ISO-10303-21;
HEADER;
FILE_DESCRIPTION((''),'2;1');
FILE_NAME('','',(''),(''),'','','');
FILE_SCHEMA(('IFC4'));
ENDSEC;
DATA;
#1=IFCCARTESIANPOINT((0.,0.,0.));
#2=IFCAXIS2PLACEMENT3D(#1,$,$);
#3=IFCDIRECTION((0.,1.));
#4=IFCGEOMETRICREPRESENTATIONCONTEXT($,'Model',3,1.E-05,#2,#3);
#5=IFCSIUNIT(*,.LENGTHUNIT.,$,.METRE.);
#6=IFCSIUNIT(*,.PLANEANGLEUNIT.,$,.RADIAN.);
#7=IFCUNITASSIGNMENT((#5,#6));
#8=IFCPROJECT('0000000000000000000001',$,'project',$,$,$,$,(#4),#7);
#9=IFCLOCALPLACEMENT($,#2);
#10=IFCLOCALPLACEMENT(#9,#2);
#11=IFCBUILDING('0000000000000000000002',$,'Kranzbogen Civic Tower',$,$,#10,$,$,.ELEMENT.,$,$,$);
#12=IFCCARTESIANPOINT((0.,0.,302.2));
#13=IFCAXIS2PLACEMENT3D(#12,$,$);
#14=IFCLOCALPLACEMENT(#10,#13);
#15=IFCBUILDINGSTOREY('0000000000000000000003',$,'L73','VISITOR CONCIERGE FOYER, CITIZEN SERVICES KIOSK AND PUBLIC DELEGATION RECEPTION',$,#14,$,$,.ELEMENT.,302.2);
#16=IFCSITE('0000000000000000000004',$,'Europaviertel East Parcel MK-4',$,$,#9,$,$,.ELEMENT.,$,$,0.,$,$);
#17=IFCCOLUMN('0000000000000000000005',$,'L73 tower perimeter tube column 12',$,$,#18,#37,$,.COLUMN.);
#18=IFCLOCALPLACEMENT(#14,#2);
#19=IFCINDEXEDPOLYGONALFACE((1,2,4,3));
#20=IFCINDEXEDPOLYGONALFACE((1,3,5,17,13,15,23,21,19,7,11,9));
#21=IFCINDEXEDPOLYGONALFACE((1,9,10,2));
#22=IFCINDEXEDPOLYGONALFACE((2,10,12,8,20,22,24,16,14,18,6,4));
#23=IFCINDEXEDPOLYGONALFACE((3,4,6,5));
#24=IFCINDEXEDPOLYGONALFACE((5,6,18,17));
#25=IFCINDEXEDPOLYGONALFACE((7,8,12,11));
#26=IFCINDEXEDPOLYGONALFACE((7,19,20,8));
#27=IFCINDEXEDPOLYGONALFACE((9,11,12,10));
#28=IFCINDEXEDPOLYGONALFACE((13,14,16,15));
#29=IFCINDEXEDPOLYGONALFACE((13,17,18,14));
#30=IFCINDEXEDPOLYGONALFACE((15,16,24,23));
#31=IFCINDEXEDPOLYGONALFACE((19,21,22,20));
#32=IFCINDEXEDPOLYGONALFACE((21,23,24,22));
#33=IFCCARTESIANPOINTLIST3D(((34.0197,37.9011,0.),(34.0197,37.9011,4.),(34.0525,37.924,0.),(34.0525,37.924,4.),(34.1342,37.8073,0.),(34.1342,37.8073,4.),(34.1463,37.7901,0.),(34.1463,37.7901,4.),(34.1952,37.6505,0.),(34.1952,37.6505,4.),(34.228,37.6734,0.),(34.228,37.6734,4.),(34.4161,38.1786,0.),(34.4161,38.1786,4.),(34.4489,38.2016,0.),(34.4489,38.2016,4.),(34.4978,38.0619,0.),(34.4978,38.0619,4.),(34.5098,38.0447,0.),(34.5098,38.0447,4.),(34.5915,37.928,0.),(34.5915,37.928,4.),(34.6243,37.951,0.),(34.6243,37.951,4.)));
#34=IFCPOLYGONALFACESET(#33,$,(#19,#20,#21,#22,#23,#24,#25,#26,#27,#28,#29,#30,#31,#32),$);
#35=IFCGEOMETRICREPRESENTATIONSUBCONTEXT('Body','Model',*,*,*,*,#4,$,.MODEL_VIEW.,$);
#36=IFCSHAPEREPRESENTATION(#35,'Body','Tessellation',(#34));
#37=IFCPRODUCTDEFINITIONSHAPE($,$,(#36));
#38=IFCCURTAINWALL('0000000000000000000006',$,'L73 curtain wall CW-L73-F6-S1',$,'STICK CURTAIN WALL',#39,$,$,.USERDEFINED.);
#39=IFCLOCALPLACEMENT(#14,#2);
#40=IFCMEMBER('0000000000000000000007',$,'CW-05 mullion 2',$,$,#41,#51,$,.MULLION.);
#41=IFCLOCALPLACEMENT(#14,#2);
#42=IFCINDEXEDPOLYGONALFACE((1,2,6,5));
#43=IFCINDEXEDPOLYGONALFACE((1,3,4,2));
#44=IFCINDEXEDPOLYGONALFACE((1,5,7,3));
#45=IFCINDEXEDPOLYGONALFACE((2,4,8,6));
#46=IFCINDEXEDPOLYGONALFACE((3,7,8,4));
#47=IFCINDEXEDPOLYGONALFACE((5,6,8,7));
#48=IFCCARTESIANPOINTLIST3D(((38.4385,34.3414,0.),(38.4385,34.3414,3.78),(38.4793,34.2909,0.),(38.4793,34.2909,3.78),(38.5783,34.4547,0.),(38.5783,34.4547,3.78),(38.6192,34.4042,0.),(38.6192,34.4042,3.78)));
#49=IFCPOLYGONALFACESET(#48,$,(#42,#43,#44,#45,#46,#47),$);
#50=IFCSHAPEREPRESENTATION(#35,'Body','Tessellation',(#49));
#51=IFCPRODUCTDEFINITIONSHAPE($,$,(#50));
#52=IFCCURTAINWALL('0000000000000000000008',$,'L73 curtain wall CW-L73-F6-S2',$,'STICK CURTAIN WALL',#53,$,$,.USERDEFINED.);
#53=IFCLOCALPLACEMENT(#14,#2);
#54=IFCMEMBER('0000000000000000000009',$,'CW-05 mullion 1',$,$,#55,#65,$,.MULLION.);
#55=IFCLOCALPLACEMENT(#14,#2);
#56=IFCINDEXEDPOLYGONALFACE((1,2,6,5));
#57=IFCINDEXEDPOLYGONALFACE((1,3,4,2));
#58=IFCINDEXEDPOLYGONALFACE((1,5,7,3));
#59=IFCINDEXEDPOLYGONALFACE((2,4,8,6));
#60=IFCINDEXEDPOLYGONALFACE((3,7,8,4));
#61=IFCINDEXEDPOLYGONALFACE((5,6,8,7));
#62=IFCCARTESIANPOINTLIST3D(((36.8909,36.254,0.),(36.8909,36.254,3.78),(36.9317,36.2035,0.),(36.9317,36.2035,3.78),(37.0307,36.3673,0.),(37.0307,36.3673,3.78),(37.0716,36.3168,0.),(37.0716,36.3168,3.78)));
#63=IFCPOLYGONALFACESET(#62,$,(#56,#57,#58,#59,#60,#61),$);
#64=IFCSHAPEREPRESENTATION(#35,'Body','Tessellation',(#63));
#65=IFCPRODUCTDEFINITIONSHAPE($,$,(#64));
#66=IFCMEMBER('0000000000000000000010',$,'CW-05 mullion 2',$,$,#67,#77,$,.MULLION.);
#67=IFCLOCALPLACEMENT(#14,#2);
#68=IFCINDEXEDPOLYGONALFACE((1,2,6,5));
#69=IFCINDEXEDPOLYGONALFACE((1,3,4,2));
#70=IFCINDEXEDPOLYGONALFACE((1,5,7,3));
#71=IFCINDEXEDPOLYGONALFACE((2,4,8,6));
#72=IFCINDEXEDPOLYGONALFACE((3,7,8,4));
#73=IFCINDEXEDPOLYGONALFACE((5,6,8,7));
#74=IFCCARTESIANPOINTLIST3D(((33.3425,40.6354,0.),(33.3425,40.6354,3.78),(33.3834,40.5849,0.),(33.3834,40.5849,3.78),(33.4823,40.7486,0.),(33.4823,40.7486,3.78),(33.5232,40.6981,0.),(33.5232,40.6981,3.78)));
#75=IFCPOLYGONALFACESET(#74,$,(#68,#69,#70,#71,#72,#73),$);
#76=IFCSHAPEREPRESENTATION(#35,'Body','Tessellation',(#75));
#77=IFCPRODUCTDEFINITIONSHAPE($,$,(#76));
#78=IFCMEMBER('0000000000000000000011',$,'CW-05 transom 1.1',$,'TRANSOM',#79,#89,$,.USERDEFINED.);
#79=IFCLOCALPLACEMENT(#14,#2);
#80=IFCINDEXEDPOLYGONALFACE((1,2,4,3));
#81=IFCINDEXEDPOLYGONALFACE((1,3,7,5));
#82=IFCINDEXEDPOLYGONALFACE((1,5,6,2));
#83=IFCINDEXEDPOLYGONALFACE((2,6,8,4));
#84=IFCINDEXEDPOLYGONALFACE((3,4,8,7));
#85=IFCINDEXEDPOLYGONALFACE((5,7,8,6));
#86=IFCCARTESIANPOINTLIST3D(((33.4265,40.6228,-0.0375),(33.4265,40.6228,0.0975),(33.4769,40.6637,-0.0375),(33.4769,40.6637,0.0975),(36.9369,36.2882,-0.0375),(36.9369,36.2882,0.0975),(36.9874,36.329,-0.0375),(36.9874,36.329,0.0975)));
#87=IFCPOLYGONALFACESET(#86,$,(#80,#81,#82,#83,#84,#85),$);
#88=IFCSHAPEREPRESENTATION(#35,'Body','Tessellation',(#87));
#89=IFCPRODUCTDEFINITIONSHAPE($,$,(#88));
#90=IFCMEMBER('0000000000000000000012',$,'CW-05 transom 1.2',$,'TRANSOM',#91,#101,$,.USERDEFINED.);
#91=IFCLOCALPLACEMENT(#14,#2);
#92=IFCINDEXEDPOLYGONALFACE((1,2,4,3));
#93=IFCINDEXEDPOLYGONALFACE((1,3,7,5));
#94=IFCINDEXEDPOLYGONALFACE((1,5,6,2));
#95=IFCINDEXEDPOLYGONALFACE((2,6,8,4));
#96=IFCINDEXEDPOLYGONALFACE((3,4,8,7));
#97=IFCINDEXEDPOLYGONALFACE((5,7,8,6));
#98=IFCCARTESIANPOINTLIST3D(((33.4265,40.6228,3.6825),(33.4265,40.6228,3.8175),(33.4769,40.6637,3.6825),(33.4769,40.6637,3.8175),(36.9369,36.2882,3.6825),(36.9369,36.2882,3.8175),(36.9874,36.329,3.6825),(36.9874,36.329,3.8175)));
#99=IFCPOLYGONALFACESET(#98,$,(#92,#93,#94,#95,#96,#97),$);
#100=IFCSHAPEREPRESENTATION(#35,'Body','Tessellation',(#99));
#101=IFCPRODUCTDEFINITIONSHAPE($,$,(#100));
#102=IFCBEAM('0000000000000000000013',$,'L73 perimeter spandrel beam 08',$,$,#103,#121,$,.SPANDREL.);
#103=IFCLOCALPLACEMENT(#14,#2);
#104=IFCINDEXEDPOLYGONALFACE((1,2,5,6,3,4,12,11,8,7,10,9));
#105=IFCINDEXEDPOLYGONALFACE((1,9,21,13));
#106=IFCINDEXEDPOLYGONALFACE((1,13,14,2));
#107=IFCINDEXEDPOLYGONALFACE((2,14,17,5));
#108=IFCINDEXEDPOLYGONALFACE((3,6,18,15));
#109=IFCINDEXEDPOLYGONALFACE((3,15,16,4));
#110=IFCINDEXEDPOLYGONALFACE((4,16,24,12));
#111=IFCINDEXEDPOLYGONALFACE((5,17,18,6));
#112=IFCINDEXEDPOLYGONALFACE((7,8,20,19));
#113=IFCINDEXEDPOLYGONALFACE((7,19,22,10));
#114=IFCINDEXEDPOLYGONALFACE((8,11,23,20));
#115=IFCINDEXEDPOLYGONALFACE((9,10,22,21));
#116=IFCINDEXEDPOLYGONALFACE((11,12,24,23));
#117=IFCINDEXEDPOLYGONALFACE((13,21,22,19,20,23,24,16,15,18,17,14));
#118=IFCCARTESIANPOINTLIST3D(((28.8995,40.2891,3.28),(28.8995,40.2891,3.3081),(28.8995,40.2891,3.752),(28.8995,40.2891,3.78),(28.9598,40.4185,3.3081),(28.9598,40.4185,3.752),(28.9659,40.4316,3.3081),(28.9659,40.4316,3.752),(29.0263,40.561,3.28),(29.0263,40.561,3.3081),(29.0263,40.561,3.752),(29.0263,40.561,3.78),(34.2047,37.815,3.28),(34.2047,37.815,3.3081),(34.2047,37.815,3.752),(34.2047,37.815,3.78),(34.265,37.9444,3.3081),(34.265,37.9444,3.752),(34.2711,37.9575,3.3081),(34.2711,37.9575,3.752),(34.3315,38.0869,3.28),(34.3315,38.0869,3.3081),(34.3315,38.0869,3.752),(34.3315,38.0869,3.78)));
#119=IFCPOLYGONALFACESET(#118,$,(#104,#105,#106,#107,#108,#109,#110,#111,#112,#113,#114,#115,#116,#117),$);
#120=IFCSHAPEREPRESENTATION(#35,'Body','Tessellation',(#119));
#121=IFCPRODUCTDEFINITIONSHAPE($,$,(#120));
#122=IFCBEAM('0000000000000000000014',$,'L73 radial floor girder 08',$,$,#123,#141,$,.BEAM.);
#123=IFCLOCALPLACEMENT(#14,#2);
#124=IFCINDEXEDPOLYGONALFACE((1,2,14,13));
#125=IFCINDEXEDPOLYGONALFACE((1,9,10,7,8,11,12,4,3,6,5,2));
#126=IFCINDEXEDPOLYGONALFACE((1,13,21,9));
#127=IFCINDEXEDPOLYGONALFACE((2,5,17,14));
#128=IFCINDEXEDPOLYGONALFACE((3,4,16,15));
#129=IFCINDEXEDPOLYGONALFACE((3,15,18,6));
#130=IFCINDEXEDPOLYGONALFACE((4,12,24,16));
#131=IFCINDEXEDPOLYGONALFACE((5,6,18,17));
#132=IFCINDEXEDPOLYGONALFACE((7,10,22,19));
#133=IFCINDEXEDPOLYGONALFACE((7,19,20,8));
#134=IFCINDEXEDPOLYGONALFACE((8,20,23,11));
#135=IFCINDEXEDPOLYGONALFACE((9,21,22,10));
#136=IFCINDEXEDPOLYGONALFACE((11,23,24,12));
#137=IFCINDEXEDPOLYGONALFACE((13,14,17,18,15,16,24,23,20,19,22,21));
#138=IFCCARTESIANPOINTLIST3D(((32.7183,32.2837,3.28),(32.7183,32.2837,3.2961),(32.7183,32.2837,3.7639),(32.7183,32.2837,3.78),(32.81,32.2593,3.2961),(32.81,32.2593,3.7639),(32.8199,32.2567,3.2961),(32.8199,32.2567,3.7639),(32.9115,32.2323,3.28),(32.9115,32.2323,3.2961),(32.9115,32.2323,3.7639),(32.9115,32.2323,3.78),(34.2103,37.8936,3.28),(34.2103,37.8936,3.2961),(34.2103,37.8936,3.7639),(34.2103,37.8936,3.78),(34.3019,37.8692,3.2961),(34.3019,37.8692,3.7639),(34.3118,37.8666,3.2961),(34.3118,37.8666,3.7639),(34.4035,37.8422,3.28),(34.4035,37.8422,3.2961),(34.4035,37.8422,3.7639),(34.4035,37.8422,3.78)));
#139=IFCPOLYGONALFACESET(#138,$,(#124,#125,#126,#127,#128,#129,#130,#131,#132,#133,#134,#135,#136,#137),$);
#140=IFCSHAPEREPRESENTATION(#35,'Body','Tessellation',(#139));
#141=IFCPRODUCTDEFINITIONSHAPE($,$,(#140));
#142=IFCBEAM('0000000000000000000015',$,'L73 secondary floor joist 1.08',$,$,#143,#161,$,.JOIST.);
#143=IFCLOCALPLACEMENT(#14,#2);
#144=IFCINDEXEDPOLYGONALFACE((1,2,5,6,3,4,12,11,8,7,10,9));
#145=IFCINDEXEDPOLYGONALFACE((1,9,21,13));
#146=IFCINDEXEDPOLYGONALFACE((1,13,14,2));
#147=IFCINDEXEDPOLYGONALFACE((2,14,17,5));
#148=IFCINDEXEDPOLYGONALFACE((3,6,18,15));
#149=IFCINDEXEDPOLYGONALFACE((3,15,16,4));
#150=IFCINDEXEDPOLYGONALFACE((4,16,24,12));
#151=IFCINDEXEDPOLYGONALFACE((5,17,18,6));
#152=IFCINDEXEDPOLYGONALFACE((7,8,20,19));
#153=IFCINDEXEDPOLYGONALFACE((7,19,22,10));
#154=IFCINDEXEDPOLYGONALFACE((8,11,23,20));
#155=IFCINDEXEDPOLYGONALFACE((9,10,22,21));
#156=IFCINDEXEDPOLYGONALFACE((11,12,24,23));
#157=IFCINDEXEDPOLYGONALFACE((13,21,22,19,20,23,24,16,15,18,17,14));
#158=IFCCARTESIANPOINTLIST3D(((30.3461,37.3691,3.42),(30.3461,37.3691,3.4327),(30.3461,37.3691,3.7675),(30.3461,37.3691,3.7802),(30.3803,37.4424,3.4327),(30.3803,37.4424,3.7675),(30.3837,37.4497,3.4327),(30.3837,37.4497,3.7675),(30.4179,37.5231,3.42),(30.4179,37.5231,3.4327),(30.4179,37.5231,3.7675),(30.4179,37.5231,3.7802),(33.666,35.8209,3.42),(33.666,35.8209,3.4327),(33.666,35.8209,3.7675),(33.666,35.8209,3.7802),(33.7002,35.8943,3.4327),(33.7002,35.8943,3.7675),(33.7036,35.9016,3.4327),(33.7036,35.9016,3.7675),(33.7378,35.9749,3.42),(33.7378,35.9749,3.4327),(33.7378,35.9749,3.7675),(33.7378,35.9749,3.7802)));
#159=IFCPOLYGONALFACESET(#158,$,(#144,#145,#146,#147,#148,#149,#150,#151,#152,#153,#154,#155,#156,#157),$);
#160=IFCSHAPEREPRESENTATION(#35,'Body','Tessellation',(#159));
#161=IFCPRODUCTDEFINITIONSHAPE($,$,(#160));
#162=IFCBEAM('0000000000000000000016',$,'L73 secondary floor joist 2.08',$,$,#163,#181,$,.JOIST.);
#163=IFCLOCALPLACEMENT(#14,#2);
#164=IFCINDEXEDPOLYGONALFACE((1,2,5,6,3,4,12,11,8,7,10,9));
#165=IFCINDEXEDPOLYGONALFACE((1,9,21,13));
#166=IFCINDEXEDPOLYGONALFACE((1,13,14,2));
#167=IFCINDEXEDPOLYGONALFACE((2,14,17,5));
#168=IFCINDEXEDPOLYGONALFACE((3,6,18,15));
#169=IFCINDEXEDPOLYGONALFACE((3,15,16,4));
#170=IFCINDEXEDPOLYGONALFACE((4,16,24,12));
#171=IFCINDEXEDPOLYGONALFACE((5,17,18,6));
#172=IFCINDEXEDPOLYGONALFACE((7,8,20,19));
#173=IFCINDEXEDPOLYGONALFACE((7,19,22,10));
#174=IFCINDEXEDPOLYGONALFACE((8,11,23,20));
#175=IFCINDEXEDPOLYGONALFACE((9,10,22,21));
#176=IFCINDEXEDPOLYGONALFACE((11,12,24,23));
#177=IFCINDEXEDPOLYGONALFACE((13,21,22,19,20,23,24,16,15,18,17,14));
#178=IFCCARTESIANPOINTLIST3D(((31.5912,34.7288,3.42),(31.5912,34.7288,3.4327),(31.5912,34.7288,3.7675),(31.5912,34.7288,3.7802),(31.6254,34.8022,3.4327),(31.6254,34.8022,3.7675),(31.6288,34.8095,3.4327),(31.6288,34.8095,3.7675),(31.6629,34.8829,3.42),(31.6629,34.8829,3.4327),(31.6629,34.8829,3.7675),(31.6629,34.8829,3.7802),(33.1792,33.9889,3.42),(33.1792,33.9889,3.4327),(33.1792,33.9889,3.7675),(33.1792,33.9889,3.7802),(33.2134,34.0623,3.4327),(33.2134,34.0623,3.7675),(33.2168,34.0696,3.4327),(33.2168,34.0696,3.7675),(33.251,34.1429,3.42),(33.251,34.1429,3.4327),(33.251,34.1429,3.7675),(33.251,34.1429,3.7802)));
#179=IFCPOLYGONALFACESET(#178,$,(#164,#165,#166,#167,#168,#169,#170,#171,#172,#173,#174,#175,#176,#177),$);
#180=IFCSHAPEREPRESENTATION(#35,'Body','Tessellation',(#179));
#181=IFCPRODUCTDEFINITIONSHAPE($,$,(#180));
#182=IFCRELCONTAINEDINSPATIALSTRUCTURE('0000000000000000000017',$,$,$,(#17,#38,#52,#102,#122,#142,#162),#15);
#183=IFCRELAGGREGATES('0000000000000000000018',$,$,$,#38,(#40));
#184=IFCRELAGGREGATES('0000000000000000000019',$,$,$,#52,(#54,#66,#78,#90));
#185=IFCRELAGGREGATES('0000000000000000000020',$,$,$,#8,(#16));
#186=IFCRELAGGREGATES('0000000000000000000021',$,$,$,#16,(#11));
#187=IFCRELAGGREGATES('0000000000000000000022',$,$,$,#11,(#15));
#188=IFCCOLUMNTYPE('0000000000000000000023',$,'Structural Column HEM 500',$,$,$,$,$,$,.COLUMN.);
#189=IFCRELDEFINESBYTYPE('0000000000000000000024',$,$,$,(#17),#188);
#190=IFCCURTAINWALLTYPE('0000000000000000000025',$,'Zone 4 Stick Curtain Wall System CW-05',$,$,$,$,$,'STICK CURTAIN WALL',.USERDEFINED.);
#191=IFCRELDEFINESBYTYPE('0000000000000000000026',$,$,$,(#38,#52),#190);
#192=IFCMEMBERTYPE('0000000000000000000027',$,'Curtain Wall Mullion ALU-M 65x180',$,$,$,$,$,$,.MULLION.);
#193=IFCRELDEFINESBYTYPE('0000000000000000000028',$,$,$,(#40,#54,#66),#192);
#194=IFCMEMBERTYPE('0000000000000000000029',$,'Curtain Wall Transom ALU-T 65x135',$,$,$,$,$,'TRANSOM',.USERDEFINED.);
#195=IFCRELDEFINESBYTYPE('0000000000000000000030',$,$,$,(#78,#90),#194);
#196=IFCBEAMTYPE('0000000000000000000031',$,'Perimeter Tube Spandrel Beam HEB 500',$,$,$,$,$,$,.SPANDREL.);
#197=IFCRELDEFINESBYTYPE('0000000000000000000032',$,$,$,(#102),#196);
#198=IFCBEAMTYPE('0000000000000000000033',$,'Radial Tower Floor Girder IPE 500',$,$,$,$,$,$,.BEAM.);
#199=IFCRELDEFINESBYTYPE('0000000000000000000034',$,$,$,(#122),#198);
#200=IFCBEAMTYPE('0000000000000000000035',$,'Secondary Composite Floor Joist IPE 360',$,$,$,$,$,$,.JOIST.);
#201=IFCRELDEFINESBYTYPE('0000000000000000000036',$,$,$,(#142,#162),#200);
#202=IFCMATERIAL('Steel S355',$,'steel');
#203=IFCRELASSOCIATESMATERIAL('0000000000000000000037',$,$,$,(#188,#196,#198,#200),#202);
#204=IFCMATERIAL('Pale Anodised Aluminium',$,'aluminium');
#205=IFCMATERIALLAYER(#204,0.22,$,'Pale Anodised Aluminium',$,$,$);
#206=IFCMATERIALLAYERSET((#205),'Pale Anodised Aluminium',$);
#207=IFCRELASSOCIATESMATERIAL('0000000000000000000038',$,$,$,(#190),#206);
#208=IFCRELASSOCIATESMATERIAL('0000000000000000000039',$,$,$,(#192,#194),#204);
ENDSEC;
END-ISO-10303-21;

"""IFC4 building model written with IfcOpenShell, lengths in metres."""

from ifc_helpers import new_model, si_unit, direction, frame, origin, origin_2d, place, context, subcontext, project, spatial, rectangle, i_section, extrude, material, layer, layer_set, material_profile, profile_set, type_object, element, aggregate, save


model = new_model("IFC4")

# Units and contexts
model_context = context("Model", 3, precision=1e-05, world=origin(), true_north=direction((0.0, 1.0)))
body_context = subcontext(model_context, "Body", "Model", "MODEL_VIEW")
ifc_project = project(units=[si_unit("LENGTHUNIT", "METRE"), si_unit("PLANEANGLEUNIT", "RADIAN")], contexts=[model_context])

# Site, building, storey
site_placement = place(None, origin())
site = spatial("IfcSite", under=ifc_project, at=site_placement, Name="Europaviertel East Parcel MK-4", CompositionType="ELEMENT", RefElevation=0.0)
building_placement = place(site_placement, origin())
building = spatial("IfcBuilding", under=site, at=building_placement, Name="Kranzbogen Civic Tower", CompositionType="ELEMENT")
storey_placement = place(building_placement, frame((0.0, 0.0, 302.2)))
storey = spatial("IfcBuildingStorey", under=building, at=storey_placement, Name="L73", Description="VISITOR CONCIERGE FOYER, CITIZEN SERVICES KIOSK AND PUBLIC DELEGATION RECEPTION", CompositionType="ELEMENT", Elevation=302.2)

# Column
ifc_material_1 = material(Name="Steel S355", Category="steel")
ifc_material_profile_1 = material_profile(ifc_material_1, i_section(OverallWidth=0.3059, OverallDepth=0.5239, WebThickness=0.021, FlangeThickness=0.04, at=origin_2d()), Name="HEM 500")
ifc_profile_set_1 = profile_set([ifc_material_profile_1], Name="Steel S355")
column_type = type_object("IfcColumnType", Name="Structural Column HEM 500", PredefinedType="COLUMN", material=ifc_profile_set_1)
column_placement = place(storey_placement, frame((34.322, 37.926, 0.0), z_axis=(0.0, 0.0, 1.0), x_axis=(-0.573576, 0.819152, 0.0)))
element("IfcColumn", 1, at=column_placement, inside=storey, type_object=column_type, Name="L73 tower perimeter tube column 12", PredefinedType="COLUMN", context=body_context, shape_type="SweptSolid", body=[
    extrude(i_section(OverallWidth=0.3059, OverallDepth=0.5239, WebThickness=0.021, FlangeThickness=0.04, at=origin_2d()), origin(), (0.0, 0.0, 1.0), 4.0),
])

# Curtain wall, member
ifc_material_2 = material(Name="Pale Anodised Aluminium", Category="aluminium")
ifc_layer_1 = layer(ifc_material_2, 0.22, Name="Pale Anodised Aluminium")
ifc_layer_set_1 = layer_set([ifc_layer_1], Name="Pale Anodised Aluminium")
curtain_wall_type = type_object("IfcCurtainWallType", Name="Zone 4 Stick Curtain Wall System CW-05", ElementType="STICK CURTAIN WALL", PredefinedType="USERDEFINED", material=ifc_layer_set_1)
curtain_wall_1_placement = place(storey_placement, origin())
curtain_wall_1 = element("IfcCurtainWall", 2, at=curtain_wall_1_placement, inside=storey, type_object=curtain_wall_type, Name="L73 curtain wall CW-L73-F6-S1", ObjectType="STICK CURTAIN WALL", PredefinedType="USERDEFINED")
ifc_material_profile_2 = material_profile(ifc_material_2, rectangle(XDim=0.0649, YDim=0.1799, at=origin_2d()), Name="ALU-M 65x180")
ifc_profile_set_2 = profile_set([ifc_material_profile_2], Name="Pale Anodised Aluminium")
member_type_1 = type_object("IfcMemberType", Name="Curtain Wall Mullion ALU-M 65x180", PredefinedType="MULLION", material=ifc_profile_set_2)
member_1_placement = place(storey_placement, frame((38.5288, 34.3728, 0.0), z_axis=(0.0, 0.0, 1.0), x_axis=(-0.62935, 0.777122, 0.0)))
member_1 = element("IfcMember", 3, at=member_1_placement, type_object=member_type_1, Name="CW-05 mullion 2", PredefinedType="MULLION", context=body_context, shape_type="SweptSolid", body=[
    extrude(rectangle(XDim=0.0649, YDim=0.1799, at=origin_2d()), origin(), (0.0, 0.0, 1.0), 3.78),
])
aggregate(curtain_wall_1, [member_1])

# Curtain wall, members
curtain_wall_2_placement = place(storey_placement, origin())
curtain_wall_2 = element("IfcCurtainWall", 4, at=curtain_wall_2_placement, inside=storey, type_object=curtain_wall_type, Name="L73 curtain wall CW-L73-F6-S2", ObjectType="STICK CURTAIN WALL", PredefinedType="USERDEFINED")
member_2_placement = place(storey_placement, frame((36.9812, 36.2854, 0.0), z_axis=(0.0, 0.0, 1.0), x_axis=(-0.62935, 0.777122, 0.0)))
member_2 = element("IfcMember", 5, at=member_2_placement, type_object=member_type_1, Name="CW-05 mullion 1", PredefinedType="MULLION", context=body_context, shape_type="SweptSolid", body=[
    extrude(rectangle(XDim=0.0649, YDim=0.1799, at=origin_2d()), origin(), (0.0, 0.0, 1.0), 3.78),
])
member_3_placement = place(storey_placement, frame((33.4329, 40.6667, 0.0), z_axis=(0.0, 0.0, 1.0), x_axis=(-0.62935, 0.777122, 0.0)))
member_3 = element("IfcMember", 6, at=member_3_placement, type_object=member_type_1, Name="CW-05 mullion 2", PredefinedType="MULLION", context=body_context, shape_type="SweptSolid", body=[
    extrude(rectangle(XDim=0.0649, YDim=0.1799, at=origin_2d()), origin(), (0.0, 0.0, 1.0), 3.78),
])
ifc_material_profile_3 = material_profile(ifc_material_2, rectangle(XDim=0.0649, YDim=0.135, at=origin_2d()), Name="ALU-T 65x135")
ifc_profile_set_3 = profile_set([ifc_material_profile_3], Name="Pale Anodised Aluminium")
member_type_2 = type_object("IfcMemberType", Name="Curtain Wall Transom ALU-T 65x135", ElementType="TRANSOM", PredefinedType="USERDEFINED", material=ifc_profile_set_3)
member_4_placement = place(storey_placement, frame((36.9622, 36.3086, 0.03), z_axis=(-0.629354, 0.777118, 0.0), x_axis=(-0.777118, -0.629354, 0.0)))
member_4 = element("IfcMember", 7, at=member_4_placement, type_object=member_type_2, Name="CW-05 transom 1.1", ObjectType="TRANSOM", PredefinedType="USERDEFINED", context=body_context, shape_type="SweptSolid", body=[
    extrude(rectangle(XDim=0.0649, YDim=0.135, at=origin_2d()), origin(), (0.0, 0.0, 1.0), 5.5779),
])
member_5_placement = place(storey_placement, frame((36.9622, 36.3086, 3.75), z_axis=(-0.629354, 0.777118, 0.0), x_axis=(-0.777118, -0.629354, 0.0)))
member_5 = element("IfcMember", 8, at=member_5_placement, type_object=member_type_2, Name="CW-05 transom 1.2", ObjectType="TRANSOM", PredefinedType="USERDEFINED", context=body_context, shape_type="SweptSolid", body=[
    extrude(rectangle(XDim=0.0649, YDim=0.135, at=origin_2d()), origin(), (0.0, 0.0, 1.0), 5.5779),
])

# Beams
ifc_material_profile_4 = material_profile(ifc_material_1, i_section(OverallWidth=0.3, OverallDepth=0.5, WebThickness=0.0144, FlangeThickness=0.0281, at=origin_2d()), Name="HEB 500")
ifc_profile_set_4 = profile_set([ifc_material_profile_4], Name="Steel S355")
beam_type_1 = type_object("IfcBeamType", Name="Perimeter Tube Spandrel Beam HEB 500", PredefinedType="SPANDREL", material=ifc_profile_set_4)
beam_1_placement = place(storey_placement, frame((34.2681, 37.9509, 3.53), z_axis=(-0.90629, 0.422657, 0.0), x_axis=(-0.422657, -0.90629, 0.0)))
element("IfcBeam", 9, at=beam_1_placement, inside=storey, type_object=beam_type_1, Name="L73 perimeter spandrel beam 08", PredefinedType="SPANDREL", context=body_context, shape_type="SweptSolid", body=[
    extrude(i_section(OverallWidth=0.3, OverallDepth=0.5, WebThickness=0.0144, FlangeThickness=0.0281, at=origin_2d()), origin(), (0.0, 0.0, 1.0), 5.8538),
])
ifc_material_profile_5 = material_profile(ifc_material_1, i_section(OverallWidth=0.2, OverallDepth=0.5, WebThickness=0.0103, FlangeThickness=0.0161, at=origin_2d()), Name="IPE 500")
ifc_profile_set_5 = profile_set([ifc_material_profile_5], Name="Steel S355")
beam_type_2 = type_object("IfcBeamType", Name="Radial Tower Floor Girder IPE 500", PredefinedType="BEAM", material=ifc_profile_set_5)
beam_2_placement = place(storey_placement, frame((34.3069, 37.8679, 3.53), z_axis=(-0.257016, -0.966407, 0.0), x_axis=(0.966407, -0.257016, 0.0)))
element("IfcBeam", 10, at=beam_2_placement, inside=storey, type_object=beam_type_2, Name="L73 radial floor girder 08", PredefinedType="BEAM", context=body_context, shape_type="SweptSolid", body=[
    extrude(i_section(OverallWidth=0.2, OverallDepth=0.5, WebThickness=0.0103, FlangeThickness=0.0161, at=origin_2d()), origin(), (0.0, 0.0, 1.0), 5.8049),
])
ifc_material_profile_6 = material_profile(ifc_material_1, i_section(OverallWidth=0.1699, OverallDepth=0.3601, WebThickness=0.0081, FlangeThickness=0.0127, at=origin_2d()), Name="IPE 360")
ifc_profile_set_6 = profile_set([ifc_material_profile_6], Name="Steel S355")
beam_type_3 = type_object("IfcBeamType", Name="Secondary Composite Floor Joist IPE 360", PredefinedType="JOIST", material=ifc_profile_set_6)
beam_3_placement = place(storey_placement, frame((33.7019, 35.8979, 3.6001), z_axis=(-0.906304, 0.422626, 0.0), x_axis=(-0.422626, -0.906304, 0.0)))
element("IfcBeam", 11, at=beam_3_placement, inside=storey, type_object=beam_type_3, Name="L73 secondary floor joist 1.08", PredefinedType="JOIST", context=body_context, shape_type="SweptSolid", body=[
    extrude(i_section(OverallWidth=0.1699, OverallDepth=0.3601, WebThickness=0.0081, FlangeThickness=0.0127, at=origin_2d()), origin(), (0.0, 0.0, 1.0), 3.6631),
])
beam_4_placement = place(storey_placement, frame((33.2151, 34.0659, 3.6001), z_axis=(-0.906432, 0.422351, 0.0), x_axis=(-0.422351, -0.906432, 0.0)))
element("IfcBeam", 12, at=beam_4_placement, inside=storey, type_object=beam_type_3, Name="L73 secondary floor joist 2.08", PredefinedType="JOIST", context=body_context, shape_type="SweptSolid", body=[
    extrude(i_section(OverallWidth=0.1699, OverallDepth=0.3601, WebThickness=0.0081, FlangeThickness=0.0127, at=origin_2d()), origin(), (0.0, 0.0, 1.0), 1.752),
])

aggregate(curtain_wall_2, [member_2, member_3, member_4, member_5])

save(model, "model.ifc")
